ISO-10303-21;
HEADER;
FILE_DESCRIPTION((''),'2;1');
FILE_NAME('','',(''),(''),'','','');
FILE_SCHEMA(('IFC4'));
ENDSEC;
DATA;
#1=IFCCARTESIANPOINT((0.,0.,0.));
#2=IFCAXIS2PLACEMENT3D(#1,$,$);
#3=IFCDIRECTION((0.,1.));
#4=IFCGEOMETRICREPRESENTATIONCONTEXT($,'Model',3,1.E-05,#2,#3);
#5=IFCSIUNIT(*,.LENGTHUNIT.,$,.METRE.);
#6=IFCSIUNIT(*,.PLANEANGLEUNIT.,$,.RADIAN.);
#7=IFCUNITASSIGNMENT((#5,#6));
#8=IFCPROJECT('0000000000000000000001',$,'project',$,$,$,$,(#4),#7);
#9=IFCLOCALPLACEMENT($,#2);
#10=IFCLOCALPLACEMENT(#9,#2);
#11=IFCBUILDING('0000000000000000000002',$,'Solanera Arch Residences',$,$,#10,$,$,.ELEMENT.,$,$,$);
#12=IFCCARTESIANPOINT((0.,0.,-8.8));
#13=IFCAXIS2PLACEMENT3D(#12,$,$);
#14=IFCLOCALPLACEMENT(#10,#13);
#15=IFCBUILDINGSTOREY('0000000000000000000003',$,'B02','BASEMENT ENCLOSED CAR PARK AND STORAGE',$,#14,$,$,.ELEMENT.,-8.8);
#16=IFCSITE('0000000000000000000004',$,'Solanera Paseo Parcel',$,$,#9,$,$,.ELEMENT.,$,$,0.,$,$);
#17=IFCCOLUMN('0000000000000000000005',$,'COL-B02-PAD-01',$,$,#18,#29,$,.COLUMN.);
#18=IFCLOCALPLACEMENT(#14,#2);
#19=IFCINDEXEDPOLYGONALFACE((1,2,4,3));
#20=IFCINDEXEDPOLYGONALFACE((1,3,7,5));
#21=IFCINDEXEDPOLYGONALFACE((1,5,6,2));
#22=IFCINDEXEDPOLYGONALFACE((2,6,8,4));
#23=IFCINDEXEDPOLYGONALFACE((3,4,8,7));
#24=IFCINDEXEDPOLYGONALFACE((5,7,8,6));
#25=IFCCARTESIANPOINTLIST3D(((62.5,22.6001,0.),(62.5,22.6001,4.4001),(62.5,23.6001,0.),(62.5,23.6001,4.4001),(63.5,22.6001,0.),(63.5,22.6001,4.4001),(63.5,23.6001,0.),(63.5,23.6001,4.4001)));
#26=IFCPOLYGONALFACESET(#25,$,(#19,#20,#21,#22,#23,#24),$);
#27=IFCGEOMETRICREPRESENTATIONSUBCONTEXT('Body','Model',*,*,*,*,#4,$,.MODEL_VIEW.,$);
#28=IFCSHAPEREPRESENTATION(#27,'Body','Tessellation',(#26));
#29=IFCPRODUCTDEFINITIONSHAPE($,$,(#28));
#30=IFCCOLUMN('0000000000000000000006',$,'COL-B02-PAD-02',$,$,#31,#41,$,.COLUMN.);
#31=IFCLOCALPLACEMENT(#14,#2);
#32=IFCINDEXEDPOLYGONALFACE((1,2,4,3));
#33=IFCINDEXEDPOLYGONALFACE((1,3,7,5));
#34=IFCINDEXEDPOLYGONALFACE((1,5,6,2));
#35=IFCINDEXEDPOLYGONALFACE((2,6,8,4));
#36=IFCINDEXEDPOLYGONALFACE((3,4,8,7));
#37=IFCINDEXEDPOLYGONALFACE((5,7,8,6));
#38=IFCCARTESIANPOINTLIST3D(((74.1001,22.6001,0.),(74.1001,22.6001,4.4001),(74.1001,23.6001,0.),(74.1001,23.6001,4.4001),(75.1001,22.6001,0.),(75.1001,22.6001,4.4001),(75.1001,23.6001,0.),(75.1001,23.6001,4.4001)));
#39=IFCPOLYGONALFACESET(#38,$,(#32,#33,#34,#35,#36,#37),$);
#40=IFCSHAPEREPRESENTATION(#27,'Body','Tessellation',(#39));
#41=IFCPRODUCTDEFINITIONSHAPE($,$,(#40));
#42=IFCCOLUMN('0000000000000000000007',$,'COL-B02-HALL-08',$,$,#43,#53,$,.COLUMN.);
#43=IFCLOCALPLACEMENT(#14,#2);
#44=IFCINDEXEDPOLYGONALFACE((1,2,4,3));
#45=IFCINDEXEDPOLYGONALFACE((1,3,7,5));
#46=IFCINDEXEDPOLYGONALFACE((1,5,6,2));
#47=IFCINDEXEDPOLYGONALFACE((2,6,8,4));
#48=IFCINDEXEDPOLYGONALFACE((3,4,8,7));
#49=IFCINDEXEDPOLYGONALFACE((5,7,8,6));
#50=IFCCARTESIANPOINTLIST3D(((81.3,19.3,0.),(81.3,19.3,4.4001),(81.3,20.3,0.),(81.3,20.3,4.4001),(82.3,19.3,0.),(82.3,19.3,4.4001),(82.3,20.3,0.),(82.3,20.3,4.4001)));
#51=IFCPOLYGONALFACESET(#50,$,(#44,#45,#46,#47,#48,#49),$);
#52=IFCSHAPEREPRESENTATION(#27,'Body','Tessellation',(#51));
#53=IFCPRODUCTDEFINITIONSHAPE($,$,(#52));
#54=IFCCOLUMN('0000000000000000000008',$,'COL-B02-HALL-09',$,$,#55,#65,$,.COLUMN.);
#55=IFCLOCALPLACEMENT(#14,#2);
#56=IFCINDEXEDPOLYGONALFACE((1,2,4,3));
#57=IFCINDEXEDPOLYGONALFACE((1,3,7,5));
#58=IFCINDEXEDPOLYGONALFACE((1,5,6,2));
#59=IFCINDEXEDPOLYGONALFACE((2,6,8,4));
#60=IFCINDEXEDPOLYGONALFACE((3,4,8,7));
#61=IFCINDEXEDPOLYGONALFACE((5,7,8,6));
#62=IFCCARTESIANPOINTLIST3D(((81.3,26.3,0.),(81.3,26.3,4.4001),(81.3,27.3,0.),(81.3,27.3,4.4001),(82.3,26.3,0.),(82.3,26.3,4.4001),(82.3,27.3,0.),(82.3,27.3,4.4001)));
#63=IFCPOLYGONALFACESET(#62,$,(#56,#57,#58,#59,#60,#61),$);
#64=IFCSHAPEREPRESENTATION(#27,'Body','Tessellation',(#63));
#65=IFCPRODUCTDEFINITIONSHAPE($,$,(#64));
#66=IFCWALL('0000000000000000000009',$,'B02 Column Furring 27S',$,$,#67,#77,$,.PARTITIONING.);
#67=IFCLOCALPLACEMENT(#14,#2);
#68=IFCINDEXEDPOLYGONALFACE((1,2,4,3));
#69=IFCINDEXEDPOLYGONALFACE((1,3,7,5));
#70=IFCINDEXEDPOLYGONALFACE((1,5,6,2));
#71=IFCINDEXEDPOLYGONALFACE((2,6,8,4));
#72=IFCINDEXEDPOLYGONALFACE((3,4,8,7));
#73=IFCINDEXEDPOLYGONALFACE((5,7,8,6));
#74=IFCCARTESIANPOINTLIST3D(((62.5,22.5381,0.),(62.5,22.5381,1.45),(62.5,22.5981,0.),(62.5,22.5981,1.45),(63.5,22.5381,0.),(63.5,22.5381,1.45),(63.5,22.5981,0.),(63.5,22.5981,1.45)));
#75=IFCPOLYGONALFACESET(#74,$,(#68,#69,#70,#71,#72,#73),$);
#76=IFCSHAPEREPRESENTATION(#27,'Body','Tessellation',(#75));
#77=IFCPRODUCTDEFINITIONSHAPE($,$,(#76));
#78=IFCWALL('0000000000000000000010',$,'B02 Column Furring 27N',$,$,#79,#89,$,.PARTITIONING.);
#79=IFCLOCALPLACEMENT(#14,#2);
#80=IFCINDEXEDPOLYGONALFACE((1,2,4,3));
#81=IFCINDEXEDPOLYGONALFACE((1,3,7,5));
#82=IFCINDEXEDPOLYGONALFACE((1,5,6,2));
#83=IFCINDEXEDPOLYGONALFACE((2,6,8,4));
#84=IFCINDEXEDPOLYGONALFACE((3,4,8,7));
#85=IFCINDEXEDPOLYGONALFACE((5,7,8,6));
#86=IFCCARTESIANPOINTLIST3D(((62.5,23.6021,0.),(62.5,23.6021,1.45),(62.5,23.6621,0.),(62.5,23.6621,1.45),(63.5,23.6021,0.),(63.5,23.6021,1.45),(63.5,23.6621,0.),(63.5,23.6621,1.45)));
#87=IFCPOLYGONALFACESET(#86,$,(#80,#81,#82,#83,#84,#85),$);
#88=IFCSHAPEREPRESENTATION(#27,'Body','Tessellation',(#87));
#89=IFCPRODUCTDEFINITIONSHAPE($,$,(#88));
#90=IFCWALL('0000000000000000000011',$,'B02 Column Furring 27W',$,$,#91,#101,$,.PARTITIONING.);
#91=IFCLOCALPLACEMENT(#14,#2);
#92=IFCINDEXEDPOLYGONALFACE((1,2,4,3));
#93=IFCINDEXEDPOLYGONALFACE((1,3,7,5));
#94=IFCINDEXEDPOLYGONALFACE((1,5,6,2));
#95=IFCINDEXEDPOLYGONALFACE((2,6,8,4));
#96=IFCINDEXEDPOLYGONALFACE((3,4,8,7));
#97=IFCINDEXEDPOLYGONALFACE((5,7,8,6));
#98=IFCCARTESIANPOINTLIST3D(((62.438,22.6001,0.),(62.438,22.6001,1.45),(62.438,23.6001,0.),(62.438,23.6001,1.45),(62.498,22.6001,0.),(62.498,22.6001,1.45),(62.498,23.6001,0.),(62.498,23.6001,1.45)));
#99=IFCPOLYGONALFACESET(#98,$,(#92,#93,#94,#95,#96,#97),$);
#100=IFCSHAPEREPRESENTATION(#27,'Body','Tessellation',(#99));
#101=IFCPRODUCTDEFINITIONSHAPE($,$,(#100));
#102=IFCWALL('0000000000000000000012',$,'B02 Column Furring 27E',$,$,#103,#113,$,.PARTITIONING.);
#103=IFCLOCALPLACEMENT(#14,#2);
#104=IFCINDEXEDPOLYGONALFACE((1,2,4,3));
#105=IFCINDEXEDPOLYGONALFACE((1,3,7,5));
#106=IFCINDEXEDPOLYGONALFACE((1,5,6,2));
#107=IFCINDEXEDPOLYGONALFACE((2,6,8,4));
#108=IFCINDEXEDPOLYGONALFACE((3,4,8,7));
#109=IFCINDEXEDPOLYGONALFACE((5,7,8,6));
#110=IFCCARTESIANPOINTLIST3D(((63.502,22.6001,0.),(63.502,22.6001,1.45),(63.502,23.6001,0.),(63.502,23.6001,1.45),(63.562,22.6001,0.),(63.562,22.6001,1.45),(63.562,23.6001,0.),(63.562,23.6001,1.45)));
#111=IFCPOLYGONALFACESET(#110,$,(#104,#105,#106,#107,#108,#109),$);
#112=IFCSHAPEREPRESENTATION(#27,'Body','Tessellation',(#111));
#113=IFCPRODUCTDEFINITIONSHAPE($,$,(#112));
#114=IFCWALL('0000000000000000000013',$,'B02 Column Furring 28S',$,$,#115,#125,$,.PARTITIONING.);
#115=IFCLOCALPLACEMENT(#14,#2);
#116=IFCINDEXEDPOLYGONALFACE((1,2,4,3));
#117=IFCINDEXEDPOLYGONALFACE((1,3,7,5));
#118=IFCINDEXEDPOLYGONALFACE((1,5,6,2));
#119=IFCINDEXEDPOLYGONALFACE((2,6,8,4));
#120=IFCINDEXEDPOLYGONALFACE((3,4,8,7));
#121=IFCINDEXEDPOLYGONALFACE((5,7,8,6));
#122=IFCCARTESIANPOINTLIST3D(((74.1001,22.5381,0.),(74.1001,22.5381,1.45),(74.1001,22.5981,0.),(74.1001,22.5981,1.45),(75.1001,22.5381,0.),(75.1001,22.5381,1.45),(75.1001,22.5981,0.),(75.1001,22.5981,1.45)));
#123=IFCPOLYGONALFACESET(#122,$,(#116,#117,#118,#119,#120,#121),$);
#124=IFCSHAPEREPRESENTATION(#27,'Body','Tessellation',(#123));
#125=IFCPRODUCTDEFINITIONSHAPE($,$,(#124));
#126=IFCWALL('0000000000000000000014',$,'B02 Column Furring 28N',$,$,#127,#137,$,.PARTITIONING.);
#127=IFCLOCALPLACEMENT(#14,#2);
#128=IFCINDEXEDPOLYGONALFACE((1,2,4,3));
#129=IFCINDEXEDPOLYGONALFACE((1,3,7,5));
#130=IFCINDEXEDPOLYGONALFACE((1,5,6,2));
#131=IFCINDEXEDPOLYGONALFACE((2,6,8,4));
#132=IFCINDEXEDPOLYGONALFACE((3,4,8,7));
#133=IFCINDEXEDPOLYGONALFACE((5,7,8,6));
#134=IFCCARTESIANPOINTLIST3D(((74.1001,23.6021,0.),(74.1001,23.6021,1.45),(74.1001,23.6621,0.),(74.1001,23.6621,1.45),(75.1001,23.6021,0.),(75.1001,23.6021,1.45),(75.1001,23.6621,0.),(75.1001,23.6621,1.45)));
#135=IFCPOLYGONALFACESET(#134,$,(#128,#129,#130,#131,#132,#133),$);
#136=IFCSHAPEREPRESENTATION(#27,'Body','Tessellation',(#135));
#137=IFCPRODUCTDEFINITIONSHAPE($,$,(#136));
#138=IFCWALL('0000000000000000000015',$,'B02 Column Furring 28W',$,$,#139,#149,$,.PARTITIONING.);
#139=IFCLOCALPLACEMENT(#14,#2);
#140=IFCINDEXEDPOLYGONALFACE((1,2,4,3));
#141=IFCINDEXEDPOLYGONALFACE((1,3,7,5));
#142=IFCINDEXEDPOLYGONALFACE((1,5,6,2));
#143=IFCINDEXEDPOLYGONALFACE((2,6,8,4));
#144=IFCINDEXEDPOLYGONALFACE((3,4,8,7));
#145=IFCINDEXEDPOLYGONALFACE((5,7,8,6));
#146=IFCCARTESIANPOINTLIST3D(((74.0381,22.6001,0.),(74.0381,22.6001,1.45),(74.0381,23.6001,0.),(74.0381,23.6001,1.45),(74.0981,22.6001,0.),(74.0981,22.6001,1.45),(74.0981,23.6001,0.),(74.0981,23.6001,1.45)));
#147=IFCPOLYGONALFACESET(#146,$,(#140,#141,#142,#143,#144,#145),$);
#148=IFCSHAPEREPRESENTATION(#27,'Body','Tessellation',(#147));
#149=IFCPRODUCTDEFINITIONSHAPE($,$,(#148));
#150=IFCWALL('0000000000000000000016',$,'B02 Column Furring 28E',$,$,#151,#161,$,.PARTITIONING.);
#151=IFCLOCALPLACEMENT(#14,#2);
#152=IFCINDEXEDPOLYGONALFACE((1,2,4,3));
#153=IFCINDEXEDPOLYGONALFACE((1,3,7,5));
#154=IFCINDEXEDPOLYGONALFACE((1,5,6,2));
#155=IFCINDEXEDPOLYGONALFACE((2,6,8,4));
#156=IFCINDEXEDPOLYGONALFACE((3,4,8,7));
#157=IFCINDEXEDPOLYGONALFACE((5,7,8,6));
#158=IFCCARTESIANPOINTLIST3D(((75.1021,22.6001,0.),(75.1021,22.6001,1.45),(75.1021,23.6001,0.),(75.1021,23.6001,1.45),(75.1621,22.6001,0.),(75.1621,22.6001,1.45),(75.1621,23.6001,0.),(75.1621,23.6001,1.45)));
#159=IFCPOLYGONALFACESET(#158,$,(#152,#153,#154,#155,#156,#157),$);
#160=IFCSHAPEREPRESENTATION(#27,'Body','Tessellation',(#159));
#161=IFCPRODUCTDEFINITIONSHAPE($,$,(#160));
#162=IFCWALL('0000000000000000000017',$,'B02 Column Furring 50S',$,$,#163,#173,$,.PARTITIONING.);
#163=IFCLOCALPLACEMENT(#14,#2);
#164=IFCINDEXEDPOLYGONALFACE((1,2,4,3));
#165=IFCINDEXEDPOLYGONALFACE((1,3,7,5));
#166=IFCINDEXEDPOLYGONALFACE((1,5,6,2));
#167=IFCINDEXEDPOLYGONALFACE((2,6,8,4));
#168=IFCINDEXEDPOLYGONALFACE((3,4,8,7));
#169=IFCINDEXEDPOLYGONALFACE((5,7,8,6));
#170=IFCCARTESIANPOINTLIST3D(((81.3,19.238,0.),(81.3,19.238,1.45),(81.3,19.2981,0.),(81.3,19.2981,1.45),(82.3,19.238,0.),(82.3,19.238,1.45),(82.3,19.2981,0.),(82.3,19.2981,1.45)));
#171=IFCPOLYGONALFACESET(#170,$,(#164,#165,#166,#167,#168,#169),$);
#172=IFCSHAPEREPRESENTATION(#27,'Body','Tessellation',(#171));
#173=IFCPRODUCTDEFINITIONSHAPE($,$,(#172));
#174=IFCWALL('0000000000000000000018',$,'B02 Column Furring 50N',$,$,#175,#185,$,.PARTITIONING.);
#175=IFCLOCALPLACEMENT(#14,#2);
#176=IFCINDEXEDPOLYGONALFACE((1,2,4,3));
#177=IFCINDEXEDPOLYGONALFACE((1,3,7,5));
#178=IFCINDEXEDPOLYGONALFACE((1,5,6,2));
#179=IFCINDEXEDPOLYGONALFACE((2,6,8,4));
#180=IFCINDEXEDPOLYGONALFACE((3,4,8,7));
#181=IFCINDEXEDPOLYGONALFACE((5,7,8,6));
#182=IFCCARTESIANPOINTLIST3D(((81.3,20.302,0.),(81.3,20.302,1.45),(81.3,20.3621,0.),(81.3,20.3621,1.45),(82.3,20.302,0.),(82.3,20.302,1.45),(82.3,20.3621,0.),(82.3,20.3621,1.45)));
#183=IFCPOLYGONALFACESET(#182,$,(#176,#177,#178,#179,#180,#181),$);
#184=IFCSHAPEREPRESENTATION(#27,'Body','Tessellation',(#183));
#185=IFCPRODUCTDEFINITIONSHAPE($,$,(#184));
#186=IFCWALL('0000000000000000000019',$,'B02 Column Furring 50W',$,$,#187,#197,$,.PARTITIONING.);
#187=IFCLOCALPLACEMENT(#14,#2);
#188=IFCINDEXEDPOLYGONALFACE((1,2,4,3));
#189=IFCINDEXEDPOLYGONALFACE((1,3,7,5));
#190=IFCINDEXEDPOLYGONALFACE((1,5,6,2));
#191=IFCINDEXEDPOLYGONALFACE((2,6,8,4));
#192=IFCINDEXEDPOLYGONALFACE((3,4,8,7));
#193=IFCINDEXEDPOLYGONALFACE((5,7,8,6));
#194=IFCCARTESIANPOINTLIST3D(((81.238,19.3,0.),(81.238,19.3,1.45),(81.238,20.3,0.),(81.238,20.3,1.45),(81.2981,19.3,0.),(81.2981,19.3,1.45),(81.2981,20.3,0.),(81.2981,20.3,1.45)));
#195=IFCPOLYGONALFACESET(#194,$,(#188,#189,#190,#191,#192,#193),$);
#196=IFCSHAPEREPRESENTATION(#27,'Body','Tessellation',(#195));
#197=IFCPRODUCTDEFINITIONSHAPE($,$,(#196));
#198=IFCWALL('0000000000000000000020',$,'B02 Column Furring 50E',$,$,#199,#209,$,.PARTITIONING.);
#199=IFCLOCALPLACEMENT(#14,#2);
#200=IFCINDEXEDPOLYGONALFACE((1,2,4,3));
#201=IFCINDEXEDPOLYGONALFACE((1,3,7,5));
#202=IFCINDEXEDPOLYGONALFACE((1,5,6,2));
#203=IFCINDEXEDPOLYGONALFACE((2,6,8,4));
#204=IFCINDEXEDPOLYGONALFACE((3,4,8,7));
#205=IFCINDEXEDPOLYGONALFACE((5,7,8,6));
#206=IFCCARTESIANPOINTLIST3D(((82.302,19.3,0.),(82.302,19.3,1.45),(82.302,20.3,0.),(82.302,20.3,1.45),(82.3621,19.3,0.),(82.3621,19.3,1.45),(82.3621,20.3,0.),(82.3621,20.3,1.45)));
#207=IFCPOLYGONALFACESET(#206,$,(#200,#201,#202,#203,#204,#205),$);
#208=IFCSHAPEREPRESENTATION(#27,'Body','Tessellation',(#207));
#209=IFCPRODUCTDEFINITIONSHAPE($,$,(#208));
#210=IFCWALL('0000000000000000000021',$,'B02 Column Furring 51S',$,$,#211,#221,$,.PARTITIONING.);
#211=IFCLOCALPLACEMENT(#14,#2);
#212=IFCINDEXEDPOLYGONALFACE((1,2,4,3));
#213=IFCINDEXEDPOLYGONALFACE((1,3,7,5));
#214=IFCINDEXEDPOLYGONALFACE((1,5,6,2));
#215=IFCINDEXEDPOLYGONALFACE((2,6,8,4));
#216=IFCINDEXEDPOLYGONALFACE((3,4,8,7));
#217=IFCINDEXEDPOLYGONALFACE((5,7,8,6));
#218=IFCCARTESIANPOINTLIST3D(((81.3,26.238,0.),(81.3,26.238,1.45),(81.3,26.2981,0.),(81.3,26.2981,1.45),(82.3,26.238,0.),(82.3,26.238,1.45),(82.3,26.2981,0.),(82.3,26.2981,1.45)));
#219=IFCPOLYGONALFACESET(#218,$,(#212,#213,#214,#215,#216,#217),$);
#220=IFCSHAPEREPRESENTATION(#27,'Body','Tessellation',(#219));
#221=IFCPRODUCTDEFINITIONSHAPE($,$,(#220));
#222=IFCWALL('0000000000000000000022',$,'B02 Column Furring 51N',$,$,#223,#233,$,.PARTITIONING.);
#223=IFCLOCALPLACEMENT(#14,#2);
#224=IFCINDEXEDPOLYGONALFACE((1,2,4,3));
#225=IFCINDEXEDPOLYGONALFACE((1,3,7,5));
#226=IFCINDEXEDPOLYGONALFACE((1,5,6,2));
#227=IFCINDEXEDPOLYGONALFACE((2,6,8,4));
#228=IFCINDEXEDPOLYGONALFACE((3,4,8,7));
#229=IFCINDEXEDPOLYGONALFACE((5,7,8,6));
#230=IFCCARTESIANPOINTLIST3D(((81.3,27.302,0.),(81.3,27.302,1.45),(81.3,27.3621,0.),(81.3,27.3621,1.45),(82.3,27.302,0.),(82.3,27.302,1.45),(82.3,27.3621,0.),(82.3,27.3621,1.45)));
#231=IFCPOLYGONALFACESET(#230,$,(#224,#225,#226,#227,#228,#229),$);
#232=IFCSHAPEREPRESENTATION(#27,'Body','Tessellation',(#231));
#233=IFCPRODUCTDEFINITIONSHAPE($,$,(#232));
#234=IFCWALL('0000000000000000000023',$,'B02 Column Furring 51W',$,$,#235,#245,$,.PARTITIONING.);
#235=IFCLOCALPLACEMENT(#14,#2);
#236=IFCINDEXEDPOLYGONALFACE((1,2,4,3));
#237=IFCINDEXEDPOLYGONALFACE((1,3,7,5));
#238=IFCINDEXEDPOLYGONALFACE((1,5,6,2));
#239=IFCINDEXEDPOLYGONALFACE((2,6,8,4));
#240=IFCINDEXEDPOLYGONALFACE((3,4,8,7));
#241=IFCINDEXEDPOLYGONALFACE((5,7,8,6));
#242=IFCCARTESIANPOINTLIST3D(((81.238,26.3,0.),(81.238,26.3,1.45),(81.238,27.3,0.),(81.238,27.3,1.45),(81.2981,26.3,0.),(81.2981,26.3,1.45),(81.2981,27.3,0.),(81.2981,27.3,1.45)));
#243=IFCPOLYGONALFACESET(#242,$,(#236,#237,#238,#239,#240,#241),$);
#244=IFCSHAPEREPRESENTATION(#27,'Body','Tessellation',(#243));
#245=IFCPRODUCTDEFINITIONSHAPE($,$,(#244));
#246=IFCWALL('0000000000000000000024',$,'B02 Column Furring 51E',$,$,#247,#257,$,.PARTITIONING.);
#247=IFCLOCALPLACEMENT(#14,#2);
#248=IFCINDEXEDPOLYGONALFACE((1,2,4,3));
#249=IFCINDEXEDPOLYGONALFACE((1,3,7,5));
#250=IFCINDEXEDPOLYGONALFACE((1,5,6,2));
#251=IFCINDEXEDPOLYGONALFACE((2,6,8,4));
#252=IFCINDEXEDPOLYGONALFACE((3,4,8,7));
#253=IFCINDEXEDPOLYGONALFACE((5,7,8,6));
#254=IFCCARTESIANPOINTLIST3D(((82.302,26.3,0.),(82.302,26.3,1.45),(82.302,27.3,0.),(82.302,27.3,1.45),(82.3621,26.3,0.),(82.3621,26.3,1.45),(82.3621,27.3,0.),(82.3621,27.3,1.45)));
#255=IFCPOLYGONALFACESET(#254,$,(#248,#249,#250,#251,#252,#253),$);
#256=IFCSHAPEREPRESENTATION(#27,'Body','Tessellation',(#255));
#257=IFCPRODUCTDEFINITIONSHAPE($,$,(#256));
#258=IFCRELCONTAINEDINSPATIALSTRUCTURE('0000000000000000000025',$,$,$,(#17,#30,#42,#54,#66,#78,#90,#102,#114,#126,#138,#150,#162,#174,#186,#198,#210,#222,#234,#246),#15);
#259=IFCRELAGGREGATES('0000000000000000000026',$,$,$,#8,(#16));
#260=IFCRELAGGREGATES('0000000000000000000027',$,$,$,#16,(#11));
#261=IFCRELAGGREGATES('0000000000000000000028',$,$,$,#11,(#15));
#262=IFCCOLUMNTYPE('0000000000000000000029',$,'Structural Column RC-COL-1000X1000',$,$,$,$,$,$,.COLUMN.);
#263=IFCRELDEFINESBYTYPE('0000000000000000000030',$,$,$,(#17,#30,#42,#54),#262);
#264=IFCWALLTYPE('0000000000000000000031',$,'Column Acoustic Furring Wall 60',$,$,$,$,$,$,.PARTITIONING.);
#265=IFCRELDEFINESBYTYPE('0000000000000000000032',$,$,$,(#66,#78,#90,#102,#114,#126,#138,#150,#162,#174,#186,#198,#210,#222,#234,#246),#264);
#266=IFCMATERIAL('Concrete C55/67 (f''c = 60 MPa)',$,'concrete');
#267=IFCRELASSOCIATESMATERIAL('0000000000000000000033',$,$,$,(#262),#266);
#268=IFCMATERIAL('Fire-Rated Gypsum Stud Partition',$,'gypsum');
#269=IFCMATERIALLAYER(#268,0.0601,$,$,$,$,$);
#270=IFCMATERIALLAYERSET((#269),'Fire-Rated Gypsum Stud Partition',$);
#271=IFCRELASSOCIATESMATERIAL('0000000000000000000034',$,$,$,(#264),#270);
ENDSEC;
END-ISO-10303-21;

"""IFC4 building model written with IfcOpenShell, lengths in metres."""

from ifc_helpers import new_model, si_unit, direction, frame, frame_2d, origin, origin_2d, place, context, subcontext, project, spatial, rectangle, extrude, material, layer, layer_set, material_profile, profile_set, type_object, element, save


model = new_model("IFC4")

# Units and contexts
model_context = context("Model", 3, precision=1e-05, world=origin(), true_north=direction((0.0, 1.0)))
body_context = subcontext(model_context, "Body", "Model", "MODEL_VIEW")
ifc_project = project(units=[si_unit("LENGTHUNIT", "METRE"), si_unit("PLANEANGLEUNIT", "RADIAN")], contexts=[model_context])

# Site, building, storey
site_placement = place(None, origin())
site = spatial("IfcSite", under=ifc_project, at=site_placement, Name="Solanera Paseo Parcel", CompositionType="ELEMENT", RefElevation=0.0)
building_placement = place(site_placement, origin())
building = spatial("IfcBuilding", under=site, at=building_placement, Name="Solanera Arch Residences", CompositionType="ELEMENT")
storey_placement = place(building_placement, frame((0.0, 0.0, -8.8)))
storey = spatial("IfcBuildingStorey", under=building, at=storey_placement, Name="B02", Description="BASEMENT ENCLOSED CAR PARK AND STORAGE", CompositionType="ELEMENT", Elevation=-8.8)

# Columns
ifc_material_1 = material(Name="Concrete C55/67 (f'c = 60 MPa)", Category="concrete")
ifc_material_profile = material_profile(ifc_material_1, rectangle(XDim=1.0, YDim=1.0, at=origin_2d()))
ifc_profile_set = profile_set([ifc_material_profile], Name="Concrete C55/67 (f'c = 60 MPa)")
column_type = type_object("IfcColumnType", Name="Structural Column RC-COL-1000X1000", PredefinedType="COLUMN", material=ifc_profile_set)
for number, where, z_axis, x_axis, name in (
    (1, (63.0, 23.1001, 0.0), (0.0, 0.0, 1.0), (1.0, 0.0, 0.0), "COL-B02-PAD-01"),
    (2, (74.6001, 23.1001, 0.0), (0.0, 0.0, 1.0), (1.0, 0.0, 0.0), "COL-B02-PAD-02"),
    (3, (81.8, 19.8, 0.0), (0.0, 0.0, 1.0), (1.0, 0.0, 0.0), "COL-B02-HALL-08"),
    (4, (81.8, 26.8, 0.0), (0.0, 0.0, 1.0), (1.0, 0.0, 0.0), "COL-B02-HALL-09"),
):
    element("IfcColumn", number, at=place(storey_placement, frame(where, z_axis=z_axis, x_axis=x_axis)), inside=storey, type_object=column_type, Name=name, PredefinedType="COLUMN", context=body_context, shape_type="SweptSolid", body=[
        extrude(rectangle(XDim=1.0, YDim=1.0, at=origin_2d()), origin(), (0.0, 0.0, 1.0), 4.4001),
    ])

# Walls
ifc_material_2 = material(Name="Fire-Rated Gypsum Stud Partition", Category="gypsum")
ifc_layer_1 = layer(ifc_material_2, 0.0601)
ifc_layer_set_1 = layer_set([ifc_layer_1], Name="Fire-Rated Gypsum Stud Partition")
wall_type_1 = type_object("IfcWallType", Name="Column Acoustic Furring Wall 60", PredefinedType="PARTITIONING", material=ifc_layer_set_1)
for number, where, z_axis, x_axis, name in (
    (5, (62.5, 22.5681, 0.0), (0.0, 0.0, 1.0), (1.0, 0.0, 0.0), "B02 Column Furring 27S"),
    (6, (62.5, 23.6321, 0.0), (0.0, 0.0, 1.0), (1.0, 0.0, 0.0), "B02 Column Furring 27N"),
    (7, (62.468, 22.6001, 0.0), (0.0, 0.0, 1.0), (0.0, 1.0, 0.0), "B02 Column Furring 27W"),
    (8, (63.532, 22.6001, 0.0), (0.0, 0.0, 1.0), (0.0, 1.0, 0.0), "B02 Column Furring 27E"),
    (9, (74.1001, 22.5681, 0.0), (0.0, 0.0, 1.0), (1.0, 0.0, 0.0), "B02 Column Furring 28S"),
    (10, (74.1001, 23.6321, 0.0), (0.0, 0.0, 1.0), (1.0, 0.0, 0.0), "B02 Column Furring 28N"),
    (11, (74.0681, 22.6001, 0.0), (0.0, 0.0, 1.0), (0.0, 1.0, 0.0), "B02 Column Furring 28W"),
    (12, (75.1321, 22.6001, 0.0), (0.0, 0.0, 1.0), (0.0, 1.0, 0.0), "B02 Column Furring 28E"),
    (13, (81.3, 19.2681, 0.0), (0.0, 0.0, 1.0), (1.0, 0.0, 0.0), "B02 Column Furring 50S"),
    (14, (81.3, 20.332, 0.0), (0.0, 0.0, 1.0), (1.0, 0.0, 0.0), "B02 Column Furring 50N"),
    (15, (81.2681, 19.3, 0.0), (0.0, 0.0, 1.0), (0.0, 1.0, 0.0), "B02 Column Furring 50W"),
    (16, (82.332, 19.3, 0.0), (0.0, 0.0, 1.0), (0.0, 1.0, 0.0), "B02 Column Furring 50E"),
    (17, (81.3, 26.2681, 0.0), (0.0, 0.0, 1.0), (1.0, 0.0, 0.0), "B02 Column Furring 51S"),
    (18, (81.3, 27.332, 0.0), (0.0, 0.0, 1.0), (1.0, 0.0, 0.0), "B02 Column Furring 51N"),
    (19, (81.2681, 26.3, 0.0), (0.0, 0.0, 1.0), (0.0, 1.0, 0.0), "B02 Column Furring 51W"),
    (20, (82.332, 26.3, 0.0), (0.0, 0.0, 1.0), (0.0, 1.0, 0.0), "B02 Column Furring 51E"),
):
    element("IfcWall", number, at=place(storey_placement, frame(where, z_axis=z_axis, x_axis=x_axis)), inside=storey, type_object=wall_type_1, Name=name, PredefinedType="PARTITIONING", context=body_context, shape_type="SweptSolid", body=[
        extrude(rectangle(XDim=1.0, YDim=0.0601, at=frame_2d((0.5, 0.0))), origin(), (0.0, 0.0, 1.0), 1.45),
    ])

save(model, "model.ifc")
